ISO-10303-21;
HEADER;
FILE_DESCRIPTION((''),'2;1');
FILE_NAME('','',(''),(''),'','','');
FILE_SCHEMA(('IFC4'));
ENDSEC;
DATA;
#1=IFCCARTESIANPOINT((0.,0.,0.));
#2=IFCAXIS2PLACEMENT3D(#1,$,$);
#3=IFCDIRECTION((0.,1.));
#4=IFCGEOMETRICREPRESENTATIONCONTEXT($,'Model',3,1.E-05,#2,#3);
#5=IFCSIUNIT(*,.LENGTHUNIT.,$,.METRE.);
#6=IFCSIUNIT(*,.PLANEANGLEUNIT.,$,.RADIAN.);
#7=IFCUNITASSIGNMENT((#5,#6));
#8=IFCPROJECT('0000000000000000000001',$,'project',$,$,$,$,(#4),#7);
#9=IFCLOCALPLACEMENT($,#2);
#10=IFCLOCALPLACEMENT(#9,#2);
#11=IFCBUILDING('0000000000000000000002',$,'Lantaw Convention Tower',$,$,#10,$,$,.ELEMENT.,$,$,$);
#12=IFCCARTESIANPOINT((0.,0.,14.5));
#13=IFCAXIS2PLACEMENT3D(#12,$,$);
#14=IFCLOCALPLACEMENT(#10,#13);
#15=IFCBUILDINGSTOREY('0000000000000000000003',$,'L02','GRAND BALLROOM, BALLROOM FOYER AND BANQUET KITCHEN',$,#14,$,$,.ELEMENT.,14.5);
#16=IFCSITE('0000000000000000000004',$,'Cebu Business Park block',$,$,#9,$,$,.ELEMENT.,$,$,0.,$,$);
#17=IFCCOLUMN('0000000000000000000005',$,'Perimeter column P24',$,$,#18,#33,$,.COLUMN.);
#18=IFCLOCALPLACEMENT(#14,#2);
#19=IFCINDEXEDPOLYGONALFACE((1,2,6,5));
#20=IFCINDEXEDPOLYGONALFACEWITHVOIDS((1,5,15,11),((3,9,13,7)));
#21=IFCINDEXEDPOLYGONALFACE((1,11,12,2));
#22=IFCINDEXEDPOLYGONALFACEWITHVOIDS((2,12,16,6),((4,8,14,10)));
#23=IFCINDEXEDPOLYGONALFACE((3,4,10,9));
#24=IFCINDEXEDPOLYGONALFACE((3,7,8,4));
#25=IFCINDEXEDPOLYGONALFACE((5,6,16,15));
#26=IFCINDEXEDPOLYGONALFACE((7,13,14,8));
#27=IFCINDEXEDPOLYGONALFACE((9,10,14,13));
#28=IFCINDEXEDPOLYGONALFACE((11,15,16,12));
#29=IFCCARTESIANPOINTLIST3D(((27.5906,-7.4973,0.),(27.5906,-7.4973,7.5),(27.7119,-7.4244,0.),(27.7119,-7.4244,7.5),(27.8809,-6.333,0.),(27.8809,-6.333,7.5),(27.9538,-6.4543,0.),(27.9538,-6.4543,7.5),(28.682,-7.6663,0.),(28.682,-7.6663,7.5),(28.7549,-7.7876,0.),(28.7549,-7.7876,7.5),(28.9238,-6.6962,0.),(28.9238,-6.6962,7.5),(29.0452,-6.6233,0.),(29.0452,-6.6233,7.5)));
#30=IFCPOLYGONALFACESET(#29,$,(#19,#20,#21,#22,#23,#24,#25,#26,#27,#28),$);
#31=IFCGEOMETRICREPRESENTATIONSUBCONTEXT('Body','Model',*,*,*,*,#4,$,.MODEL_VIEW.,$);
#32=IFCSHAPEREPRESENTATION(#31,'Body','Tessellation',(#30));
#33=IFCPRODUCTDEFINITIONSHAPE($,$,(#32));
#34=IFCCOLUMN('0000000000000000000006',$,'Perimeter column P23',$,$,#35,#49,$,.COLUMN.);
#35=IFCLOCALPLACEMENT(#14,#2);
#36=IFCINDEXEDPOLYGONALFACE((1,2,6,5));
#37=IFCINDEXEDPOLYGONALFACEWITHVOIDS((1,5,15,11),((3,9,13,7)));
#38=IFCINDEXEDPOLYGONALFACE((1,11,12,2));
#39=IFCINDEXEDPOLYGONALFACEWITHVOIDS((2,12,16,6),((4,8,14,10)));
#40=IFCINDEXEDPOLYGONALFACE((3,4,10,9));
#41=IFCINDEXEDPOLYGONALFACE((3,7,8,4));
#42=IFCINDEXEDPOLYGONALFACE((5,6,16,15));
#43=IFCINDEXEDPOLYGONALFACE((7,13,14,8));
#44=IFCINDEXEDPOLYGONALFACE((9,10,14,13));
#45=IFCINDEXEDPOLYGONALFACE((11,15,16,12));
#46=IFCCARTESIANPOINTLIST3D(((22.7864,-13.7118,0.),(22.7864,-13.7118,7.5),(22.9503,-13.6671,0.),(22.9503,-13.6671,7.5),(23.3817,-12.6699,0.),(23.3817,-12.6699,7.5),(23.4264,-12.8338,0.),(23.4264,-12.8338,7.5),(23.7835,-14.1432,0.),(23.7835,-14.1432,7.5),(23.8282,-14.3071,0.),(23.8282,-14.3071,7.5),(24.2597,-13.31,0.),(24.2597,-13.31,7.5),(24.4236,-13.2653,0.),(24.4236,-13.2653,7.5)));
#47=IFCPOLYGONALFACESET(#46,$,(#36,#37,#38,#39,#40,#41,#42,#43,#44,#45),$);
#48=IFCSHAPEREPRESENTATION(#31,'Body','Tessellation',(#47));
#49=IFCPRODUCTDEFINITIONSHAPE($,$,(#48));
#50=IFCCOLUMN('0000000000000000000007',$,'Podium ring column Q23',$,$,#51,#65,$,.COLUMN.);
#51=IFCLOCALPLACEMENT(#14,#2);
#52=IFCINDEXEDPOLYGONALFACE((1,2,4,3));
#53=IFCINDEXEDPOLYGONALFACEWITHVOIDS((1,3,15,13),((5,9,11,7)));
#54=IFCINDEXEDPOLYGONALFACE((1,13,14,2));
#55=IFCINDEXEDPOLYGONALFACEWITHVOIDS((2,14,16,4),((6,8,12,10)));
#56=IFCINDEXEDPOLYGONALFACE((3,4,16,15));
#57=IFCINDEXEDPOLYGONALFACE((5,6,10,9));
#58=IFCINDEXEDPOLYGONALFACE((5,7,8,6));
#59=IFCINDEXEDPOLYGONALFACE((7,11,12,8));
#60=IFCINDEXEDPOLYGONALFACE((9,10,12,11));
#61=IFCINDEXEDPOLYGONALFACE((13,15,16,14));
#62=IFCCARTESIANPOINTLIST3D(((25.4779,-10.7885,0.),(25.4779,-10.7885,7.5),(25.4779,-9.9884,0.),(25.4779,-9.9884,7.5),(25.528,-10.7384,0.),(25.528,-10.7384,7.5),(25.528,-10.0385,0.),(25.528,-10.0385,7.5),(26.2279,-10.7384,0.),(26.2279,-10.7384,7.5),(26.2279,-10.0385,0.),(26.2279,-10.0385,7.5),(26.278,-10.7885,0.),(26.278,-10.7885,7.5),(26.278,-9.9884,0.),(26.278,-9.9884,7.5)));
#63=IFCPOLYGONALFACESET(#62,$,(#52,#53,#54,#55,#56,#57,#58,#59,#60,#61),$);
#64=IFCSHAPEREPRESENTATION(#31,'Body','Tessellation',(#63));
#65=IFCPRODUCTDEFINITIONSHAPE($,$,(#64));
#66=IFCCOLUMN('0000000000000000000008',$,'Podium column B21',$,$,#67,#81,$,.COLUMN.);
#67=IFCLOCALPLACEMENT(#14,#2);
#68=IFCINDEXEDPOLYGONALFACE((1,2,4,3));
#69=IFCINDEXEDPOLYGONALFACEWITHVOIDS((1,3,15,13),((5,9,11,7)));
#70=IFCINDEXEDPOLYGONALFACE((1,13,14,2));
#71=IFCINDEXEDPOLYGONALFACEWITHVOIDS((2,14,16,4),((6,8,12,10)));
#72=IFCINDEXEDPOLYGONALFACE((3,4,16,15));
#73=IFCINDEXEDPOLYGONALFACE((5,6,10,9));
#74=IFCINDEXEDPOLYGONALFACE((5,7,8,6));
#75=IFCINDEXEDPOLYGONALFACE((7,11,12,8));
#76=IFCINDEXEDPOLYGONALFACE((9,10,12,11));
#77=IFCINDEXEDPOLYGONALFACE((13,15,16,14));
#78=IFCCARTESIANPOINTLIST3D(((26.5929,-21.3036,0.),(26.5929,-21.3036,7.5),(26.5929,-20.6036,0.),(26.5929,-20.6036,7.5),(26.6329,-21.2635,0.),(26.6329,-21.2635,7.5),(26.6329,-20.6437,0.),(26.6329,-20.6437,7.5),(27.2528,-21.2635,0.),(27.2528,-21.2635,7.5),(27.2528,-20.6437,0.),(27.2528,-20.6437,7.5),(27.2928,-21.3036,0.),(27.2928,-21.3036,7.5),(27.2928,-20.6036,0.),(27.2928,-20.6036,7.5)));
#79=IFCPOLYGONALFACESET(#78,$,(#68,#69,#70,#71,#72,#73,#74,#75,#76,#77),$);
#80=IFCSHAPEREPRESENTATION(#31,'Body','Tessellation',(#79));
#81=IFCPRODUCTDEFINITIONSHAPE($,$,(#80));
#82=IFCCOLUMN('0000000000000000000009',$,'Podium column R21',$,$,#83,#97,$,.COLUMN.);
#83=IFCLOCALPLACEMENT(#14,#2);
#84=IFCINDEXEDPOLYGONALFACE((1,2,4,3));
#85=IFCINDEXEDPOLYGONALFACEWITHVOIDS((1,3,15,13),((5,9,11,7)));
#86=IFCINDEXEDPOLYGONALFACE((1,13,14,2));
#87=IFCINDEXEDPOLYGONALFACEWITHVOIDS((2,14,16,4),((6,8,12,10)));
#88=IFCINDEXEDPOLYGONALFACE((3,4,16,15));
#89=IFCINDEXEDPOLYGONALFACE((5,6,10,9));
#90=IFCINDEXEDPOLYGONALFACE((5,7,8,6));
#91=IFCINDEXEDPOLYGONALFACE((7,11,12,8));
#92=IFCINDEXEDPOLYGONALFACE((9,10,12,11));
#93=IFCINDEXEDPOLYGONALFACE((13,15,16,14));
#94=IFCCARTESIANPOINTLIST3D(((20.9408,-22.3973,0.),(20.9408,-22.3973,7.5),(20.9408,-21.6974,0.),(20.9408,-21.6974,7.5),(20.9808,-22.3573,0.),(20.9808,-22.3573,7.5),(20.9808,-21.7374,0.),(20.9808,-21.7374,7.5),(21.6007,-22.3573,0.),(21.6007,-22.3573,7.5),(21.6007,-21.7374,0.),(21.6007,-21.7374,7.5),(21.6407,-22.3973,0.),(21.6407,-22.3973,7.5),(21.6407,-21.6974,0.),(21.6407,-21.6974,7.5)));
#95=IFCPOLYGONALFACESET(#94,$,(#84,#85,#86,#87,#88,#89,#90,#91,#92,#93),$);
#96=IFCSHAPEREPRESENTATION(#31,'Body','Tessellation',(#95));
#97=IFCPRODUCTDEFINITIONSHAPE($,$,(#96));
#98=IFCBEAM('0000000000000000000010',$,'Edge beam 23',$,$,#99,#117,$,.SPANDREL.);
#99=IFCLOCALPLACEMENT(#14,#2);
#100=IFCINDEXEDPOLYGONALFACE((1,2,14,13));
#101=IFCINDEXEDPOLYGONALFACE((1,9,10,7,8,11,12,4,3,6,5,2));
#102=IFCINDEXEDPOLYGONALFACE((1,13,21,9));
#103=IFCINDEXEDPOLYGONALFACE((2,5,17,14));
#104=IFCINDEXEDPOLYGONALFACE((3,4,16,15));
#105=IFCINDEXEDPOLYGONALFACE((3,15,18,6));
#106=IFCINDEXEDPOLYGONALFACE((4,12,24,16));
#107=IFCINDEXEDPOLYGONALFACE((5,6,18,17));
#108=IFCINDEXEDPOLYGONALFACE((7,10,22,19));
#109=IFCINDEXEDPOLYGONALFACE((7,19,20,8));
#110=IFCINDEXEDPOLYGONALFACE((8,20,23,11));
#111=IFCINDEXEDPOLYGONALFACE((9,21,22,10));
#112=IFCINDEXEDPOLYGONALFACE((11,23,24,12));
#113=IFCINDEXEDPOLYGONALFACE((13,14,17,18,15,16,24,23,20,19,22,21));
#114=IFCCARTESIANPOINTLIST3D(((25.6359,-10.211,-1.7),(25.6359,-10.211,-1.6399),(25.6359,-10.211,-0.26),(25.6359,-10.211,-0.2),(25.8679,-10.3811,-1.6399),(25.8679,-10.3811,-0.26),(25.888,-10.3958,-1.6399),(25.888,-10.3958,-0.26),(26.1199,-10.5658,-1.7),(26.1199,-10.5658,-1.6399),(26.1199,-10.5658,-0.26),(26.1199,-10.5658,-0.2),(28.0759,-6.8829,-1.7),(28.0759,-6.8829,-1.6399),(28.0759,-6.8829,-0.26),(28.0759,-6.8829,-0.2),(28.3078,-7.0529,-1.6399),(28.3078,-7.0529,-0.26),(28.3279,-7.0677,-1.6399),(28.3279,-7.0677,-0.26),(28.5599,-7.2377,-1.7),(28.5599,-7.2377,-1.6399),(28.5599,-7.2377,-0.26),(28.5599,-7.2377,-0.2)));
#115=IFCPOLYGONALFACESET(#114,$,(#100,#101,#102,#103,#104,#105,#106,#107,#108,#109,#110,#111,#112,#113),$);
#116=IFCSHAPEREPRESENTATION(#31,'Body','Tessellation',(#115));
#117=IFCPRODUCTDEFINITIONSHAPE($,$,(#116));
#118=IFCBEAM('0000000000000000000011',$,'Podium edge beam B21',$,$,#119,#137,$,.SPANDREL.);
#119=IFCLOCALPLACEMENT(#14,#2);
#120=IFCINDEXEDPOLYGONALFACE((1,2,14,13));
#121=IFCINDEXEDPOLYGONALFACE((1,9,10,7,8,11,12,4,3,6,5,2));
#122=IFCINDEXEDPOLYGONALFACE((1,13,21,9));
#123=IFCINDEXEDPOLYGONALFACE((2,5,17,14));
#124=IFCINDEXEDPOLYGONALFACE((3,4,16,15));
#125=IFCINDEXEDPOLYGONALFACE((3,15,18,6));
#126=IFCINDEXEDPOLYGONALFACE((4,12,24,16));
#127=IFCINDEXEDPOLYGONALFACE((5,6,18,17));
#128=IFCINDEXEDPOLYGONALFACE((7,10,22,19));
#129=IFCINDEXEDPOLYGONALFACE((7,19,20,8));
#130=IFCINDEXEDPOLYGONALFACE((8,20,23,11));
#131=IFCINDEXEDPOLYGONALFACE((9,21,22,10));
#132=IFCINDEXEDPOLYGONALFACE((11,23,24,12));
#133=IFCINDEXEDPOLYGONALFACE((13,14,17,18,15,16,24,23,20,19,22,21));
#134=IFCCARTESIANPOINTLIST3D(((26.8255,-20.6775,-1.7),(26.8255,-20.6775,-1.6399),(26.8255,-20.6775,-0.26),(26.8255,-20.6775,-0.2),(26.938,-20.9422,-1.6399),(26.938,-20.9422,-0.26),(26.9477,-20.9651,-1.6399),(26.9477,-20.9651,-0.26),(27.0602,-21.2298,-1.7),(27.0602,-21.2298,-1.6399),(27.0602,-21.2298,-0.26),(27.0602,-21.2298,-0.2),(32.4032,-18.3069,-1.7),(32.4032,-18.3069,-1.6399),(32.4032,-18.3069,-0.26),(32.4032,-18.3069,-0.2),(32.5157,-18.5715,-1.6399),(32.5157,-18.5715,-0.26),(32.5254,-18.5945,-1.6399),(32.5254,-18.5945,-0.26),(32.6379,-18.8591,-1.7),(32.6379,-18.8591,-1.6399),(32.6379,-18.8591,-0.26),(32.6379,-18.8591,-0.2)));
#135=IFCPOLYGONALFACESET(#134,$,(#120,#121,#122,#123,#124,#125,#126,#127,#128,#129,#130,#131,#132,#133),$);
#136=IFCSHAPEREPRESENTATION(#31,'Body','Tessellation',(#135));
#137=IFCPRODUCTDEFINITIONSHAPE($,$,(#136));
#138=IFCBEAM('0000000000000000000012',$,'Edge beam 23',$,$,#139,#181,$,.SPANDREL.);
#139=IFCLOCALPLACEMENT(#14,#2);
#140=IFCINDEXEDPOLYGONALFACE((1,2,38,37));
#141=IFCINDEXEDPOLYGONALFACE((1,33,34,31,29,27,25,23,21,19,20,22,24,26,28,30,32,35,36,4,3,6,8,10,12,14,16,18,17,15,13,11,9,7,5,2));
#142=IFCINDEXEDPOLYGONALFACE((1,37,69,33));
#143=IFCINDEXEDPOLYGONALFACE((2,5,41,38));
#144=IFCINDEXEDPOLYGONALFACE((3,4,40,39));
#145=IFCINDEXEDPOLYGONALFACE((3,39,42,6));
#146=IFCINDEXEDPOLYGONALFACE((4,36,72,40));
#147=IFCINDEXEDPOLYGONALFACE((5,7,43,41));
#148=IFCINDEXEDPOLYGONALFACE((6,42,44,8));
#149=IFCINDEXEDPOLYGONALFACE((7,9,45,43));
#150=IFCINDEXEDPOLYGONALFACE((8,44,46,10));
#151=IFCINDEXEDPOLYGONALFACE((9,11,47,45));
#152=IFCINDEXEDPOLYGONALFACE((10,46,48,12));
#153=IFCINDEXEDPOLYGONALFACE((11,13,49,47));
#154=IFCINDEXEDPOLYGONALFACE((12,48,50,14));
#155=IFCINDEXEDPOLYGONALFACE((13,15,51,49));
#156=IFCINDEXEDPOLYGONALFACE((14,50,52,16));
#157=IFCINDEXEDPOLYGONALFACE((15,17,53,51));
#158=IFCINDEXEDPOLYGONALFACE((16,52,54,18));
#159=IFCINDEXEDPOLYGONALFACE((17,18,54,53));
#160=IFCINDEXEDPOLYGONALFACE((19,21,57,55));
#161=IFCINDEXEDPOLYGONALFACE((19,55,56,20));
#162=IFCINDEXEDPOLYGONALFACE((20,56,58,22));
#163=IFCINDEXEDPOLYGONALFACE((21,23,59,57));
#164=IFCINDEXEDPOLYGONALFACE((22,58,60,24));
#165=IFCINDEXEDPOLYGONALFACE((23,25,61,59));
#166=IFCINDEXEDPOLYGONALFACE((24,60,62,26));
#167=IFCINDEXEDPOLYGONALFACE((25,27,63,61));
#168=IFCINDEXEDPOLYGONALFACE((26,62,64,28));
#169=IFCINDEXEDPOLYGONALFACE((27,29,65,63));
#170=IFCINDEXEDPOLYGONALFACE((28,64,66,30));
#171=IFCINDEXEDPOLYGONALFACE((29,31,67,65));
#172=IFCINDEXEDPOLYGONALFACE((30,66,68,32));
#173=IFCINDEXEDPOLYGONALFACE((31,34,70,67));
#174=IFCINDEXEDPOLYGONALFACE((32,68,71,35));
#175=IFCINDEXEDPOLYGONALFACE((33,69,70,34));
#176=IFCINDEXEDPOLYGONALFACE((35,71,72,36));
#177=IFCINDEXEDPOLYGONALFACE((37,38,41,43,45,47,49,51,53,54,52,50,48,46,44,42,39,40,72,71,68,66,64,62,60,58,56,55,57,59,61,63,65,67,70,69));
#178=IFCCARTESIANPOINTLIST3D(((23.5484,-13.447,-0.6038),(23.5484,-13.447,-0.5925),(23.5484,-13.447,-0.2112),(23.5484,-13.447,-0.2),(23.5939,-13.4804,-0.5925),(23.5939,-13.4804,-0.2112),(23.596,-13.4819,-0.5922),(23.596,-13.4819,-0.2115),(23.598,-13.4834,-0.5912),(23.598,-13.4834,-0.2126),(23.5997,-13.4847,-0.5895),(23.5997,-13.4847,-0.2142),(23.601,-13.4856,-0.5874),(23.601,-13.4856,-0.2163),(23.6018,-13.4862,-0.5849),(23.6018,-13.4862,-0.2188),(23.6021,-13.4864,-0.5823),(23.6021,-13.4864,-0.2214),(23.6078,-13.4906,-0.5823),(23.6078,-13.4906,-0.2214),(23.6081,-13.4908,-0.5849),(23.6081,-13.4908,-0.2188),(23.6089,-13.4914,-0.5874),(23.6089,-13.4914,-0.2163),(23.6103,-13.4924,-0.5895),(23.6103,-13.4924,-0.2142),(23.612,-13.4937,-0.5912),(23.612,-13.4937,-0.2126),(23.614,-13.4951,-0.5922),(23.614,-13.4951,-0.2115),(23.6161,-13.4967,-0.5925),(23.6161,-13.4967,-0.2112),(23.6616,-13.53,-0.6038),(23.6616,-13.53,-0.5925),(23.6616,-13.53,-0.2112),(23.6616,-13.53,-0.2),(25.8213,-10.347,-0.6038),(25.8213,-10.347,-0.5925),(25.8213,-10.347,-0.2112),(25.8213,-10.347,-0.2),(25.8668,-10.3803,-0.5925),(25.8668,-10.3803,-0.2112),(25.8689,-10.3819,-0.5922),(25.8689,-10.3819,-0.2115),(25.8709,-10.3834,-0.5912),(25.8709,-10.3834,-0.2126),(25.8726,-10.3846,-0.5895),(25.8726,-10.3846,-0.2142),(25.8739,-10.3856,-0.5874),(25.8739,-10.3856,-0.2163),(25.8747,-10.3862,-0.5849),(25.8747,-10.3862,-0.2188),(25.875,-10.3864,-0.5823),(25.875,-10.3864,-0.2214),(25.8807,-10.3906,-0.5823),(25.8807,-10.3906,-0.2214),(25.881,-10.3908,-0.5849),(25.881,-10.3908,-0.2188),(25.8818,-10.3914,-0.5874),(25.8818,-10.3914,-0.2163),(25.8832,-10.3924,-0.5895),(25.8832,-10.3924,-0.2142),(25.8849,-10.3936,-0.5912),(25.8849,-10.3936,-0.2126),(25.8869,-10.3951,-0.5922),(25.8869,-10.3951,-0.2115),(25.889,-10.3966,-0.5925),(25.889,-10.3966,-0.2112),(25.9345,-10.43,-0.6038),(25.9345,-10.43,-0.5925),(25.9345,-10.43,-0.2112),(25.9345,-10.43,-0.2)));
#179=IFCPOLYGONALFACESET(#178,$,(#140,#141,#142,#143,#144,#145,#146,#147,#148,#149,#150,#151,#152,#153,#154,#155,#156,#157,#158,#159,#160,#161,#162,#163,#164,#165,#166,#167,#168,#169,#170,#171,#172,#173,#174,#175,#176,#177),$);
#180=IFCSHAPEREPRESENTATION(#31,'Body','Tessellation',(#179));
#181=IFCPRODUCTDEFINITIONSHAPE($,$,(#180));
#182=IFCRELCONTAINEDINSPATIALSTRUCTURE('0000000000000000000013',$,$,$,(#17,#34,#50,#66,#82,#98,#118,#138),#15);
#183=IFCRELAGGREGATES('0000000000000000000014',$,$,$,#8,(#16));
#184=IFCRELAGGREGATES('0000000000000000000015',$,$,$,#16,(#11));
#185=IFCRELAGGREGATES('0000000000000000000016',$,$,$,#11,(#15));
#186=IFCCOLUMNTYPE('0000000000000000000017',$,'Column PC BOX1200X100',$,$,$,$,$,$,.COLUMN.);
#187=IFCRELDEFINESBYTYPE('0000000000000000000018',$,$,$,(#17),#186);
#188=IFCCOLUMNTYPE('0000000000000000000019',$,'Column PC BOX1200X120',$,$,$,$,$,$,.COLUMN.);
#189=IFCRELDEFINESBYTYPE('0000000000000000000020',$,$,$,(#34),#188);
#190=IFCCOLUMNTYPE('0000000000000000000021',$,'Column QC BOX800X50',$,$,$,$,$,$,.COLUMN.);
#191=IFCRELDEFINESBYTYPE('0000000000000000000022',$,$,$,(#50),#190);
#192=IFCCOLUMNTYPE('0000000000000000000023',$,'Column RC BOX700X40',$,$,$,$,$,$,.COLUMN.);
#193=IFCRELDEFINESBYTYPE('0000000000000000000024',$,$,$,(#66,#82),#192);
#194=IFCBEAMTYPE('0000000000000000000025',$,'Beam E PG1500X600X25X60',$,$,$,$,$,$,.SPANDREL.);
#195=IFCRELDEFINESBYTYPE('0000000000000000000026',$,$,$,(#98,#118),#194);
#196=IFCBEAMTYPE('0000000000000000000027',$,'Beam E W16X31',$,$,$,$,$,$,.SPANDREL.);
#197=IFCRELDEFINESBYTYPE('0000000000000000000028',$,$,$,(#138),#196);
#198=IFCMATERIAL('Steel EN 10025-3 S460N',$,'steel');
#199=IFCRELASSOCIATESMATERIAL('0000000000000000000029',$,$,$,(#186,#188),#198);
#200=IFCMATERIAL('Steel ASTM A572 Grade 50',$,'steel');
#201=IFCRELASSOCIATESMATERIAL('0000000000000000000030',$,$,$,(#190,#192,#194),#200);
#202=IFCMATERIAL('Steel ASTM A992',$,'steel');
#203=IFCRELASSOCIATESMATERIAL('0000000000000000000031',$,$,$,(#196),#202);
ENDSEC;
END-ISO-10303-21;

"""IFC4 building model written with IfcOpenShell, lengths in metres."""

from ifc_helpers import new_model, si_unit, direction, frame, origin, origin_2d, place, context, subcontext, project, spatial, rectangle, hollow_rectangle, i_section, extrude, material, material_profile, profile_set, type_object, element, save


model = new_model("IFC4")

# Units and contexts
model_context = context("Model", 3, precision=1e-05, world=origin(), true_north=direction((0.0, 1.0)))
body_context = subcontext(model_context, "Body", "Model", "MODEL_VIEW")
ifc_project = project(units=[si_unit("LENGTHUNIT", "METRE"), si_unit("PLANEANGLEUNIT", "RADIAN")], contexts=[model_context])

# Site, building, storey
site_placement = place(None, origin())
site = spatial("IfcSite", under=ifc_project, at=site_placement, Name="Cebu Business Park block", CompositionType="ELEMENT", RefElevation=0.0)
building_placement = place(site_placement, origin())
building = spatial("IfcBuilding", under=site, at=building_placement, Name="Lantaw Convention Tower", CompositionType="ELEMENT")
storey_placement = place(building_placement, frame((0.0, 0.0, 14.5)))
storey = spatial("IfcBuildingStorey", under=building, at=storey_placement, Name="L02", Description="GRAND BALLROOM, BALLROOM FOYER AND BANQUET KITCHEN", CompositionType="ELEMENT", Elevation=14.5)

# Columns
ifc_material_1 = material(Name="Steel EN 10025-3 S460N", Category="steel")
ifc_material_profile_1 = material_profile(ifc_material_1, hollow_rectangle(XDim=1.2, YDim=1.2, WallThickness=0.1001, at=origin_2d()), Name="BOX1200X100")
ifc_material_2 = material(Name="Concrete C60/75", Category="concrete")
ifc_material_profile_2 = material_profile(ifc_material_2, rectangle(XDim=1.0, YDim=1.0, at=origin_2d()), Name="Concrete fill of BOX1200X100")
ifc_profile_set_1 = profile_set([ifc_material_profile_1, ifc_material_profile_2], Name="Steel EN 10025-3 S460N")
column_type_1 = type_object("IfcColumnType", Name="Column PC BOX1200X100", PredefinedType="COLUMN", material=ifc_profile_set_1)
column_1_placement = place(storey_placement, frame((28.3179, -7.0603, 0.0), z_axis=(0.0, 0.0, 1.0), x_axis=(0.241922, 0.970296, 0.0)))
element("IfcColumn", 1, at=column_1_placement, inside=storey, type_object=column_type_1, Name="Perimeter column P24", PredefinedType="COLUMN", context=body_context, shape_type="SweptSolid", body=[
    extrude(hollow_rectangle(XDim=1.2, YDim=1.2, WallThickness=0.1001, at=origin_2d()), origin(), (0.0, 0.0, 1.0), 7.5),
])
ifc_material_profile_3 = material_profile(ifc_material_1, hollow_rectangle(XDim=1.2, YDim=1.2, WallThickness=0.1201, at=origin_2d()), Name="BOX1200X120")
ifc_material_profile_4 = material_profile(ifc_material_2, rectangle(XDim=0.96, YDim=0.96, at=origin_2d()), Name="Concrete fill of BOX1200X120")
ifc_profile_set_2 = profile_set([ifc_material_profile_3, ifc_material_profile_4], Name="Steel EN 10025-3 S460N")
column_type_2 = type_object("IfcColumnType", Name="Column PC BOX1200X120", PredefinedType="COLUMN", material=ifc_profile_set_2)
column_2_placement = place(storey_placement, frame((23.605, -13.4885, 0.0), z_axis=(0.0, 0.0, 1.0), x_axis=(0.496139, 0.868243, 0.0)))
element("IfcColumn", 2, at=column_2_placement, inside=storey, type_object=column_type_2, Name="Perimeter column P23", PredefinedType="COLUMN", context=body_context, shape_type="SweptSolid", body=[
    extrude(hollow_rectangle(XDim=1.2, YDim=1.2, WallThickness=0.1201, at=origin_2d()), origin(), (0.0, 0.0, 1.0), 7.5),
])
ifc_material_3 = material(Name="Steel ASTM A572 Grade 50", Category="steel")
ifc_material_profile_5 = material_profile(ifc_material_3, hollow_rectangle(XDim=0.8, YDim=0.8, WallThickness=0.05, at=origin_2d()), Name="BOX800X50")
ifc_profile_set_3 = profile_set([ifc_material_profile_5], Name="Steel ASTM A572 Grade 50")
column_type_3 = type_object("IfcColumnType", Name="Column QC BOX800X50", PredefinedType="COLUMN", material=ifc_profile_set_3)
column_3_placement = place(storey_placement, frame((25.8779, -10.3884, 0.0), z_axis=(0.0, 0.0, 1.0), x_axis=(1.0, 0.0, 0.0)))
element("IfcColumn", 3, at=column_3_placement, inside=storey, type_object=column_type_3, Name="Podium ring column Q23", PredefinedType="COLUMN", context=body_context, shape_type="SweptSolid", body=[
    extrude(hollow_rectangle(XDim=0.8, YDim=0.8, WallThickness=0.05, at=origin_2d()), origin(), (0.0, 0.0, 1.0), 7.5),
])
ifc_material_profile_6 = material_profile(ifc_material_3, hollow_rectangle(XDim=0.7, YDim=0.7, WallThickness=0.04, at=origin_2d()), Name="BOX700X40")
ifc_profile_set_4 = profile_set([ifc_material_profile_6], Name="Steel ASTM A572 Grade 50")
column_type_4 = type_object("IfcColumnType", Name="Column RC BOX700X40", PredefinedType="COLUMN", material=ifc_profile_set_4)
for number, where, z_axis, x_axis, name in (
    (4, (26.9429, -20.9536, 0.0), (0.0, 0.0, 1.0), (1.0, 0.0, 0.0), "Podium column B21"),
    (5, (21.2908, -22.0474, 0.0), (0.0, 0.0, 1.0), (1.0, 0.0, 0.0), "Podium column R21"),
):
    element("IfcColumn", number, at=place(storey_placement, frame(where, z_axis=z_axis, x_axis=x_axis)), inside=storey, type_object=column_type_4, Name=name, PredefinedType="COLUMN", context=body_context, shape_type="SweptSolid", body=[
        extrude(hollow_rectangle(XDim=0.7, YDim=0.7, WallThickness=0.04, at=origin_2d()), origin(), (0.0, 0.0, 1.0), 7.5),
    ])

# Beams
ifc_material_profile_7 = material_profile(ifc_material_3, i_section(OverallWidth=0.6001, OverallDepth=1.5, WebThickness=0.0249, FlangeThickness=0.0601, at=origin_2d()), Name="PG1500X600X25X60")
ifc_profile_set_5 = profile_set([ifc_material_profile_7], Name="Steel ASTM A572 Grade 50")
beam_type_1 = type_object("IfcBeamType", Name="Beam E PG1500X600X25X60", PredefinedType="SPANDREL", material=ifc_profile_set_5)
beam_1_placement = place(storey_placement, frame((25.8779, -10.3884, -0.95), z_axis=(0.591256, 0.806484, 0.0), x_axis=(-0.806484, 0.591256, 0.0)))
element("IfcBeam", 6, at=beam_1_placement, inside=storey, type_object=beam_type_1, Name="Edge beam 23", PredefinedType="SPANDREL", context=body_context, shape_type="SweptSolid", body=[
    extrude(i_section(OverallWidth=0.6001, OverallDepth=1.5, WebThickness=0.0249, FlangeThickness=0.0601, at=origin_2d()), origin(), (0.0, 0.0, 1.0), 4.1267),
])
beam_2_placement = place(storey_placement, frame((26.9429, -20.9536, -0.95), z_axis=(0.920324, 0.391156, 0.0), x_axis=(-0.391156, 0.920324, 0.0)))
element("IfcBeam", 7, at=beam_2_placement, inside=storey, type_object=beam_type_1, Name="Podium edge beam B21", PredefinedType="SPANDREL", context=body_context, shape_type="SweptSolid", body=[
    extrude(i_section(OverallWidth=0.6001, OverallDepth=1.5, WebThickness=0.0249, FlangeThickness=0.0601, at=origin_2d()), origin(), (0.0, 0.0, 1.0), 6.0605),
])
ifc_material_4 = material(Name="Steel ASTM A992", Category="steel")
ifc_material_profile_8 = material_profile(ifc_material_4, i_section(OverallWidth=0.1404, OverallDepth=0.4038, WebThickness=0.0071, FlangeThickness=0.0112, FilletRadius=0.0103, at=origin_2d()), Name="W16X31")
ifc_profile_set_6 = profile_set([ifc_material_profile_8], Name="Steel ASTM A992")
beam_type_2 = type_object("IfcBeamType", Name="Beam E W16X31", PredefinedType="SPANDREL", material=ifc_profile_set_6)
beam_3_placement = place(storey_placement, frame((23.605, -13.4885, -0.4019), z_axis=(0.591287, 0.806462, 0.0), x_axis=(-0.806462, 0.591287, 0.0)))
element("IfcBeam", 8, at=beam_3_placement, inside=storey, type_object=beam_type_2, Name="Edge beam 23", PredefinedType="SPANDREL", context=body_context, shape_type="SweptSolid", body=[
    extrude(i_section(OverallWidth=0.1404, OverallDepth=0.4038, WebThickness=0.0071, FlangeThickness=0.0112, FilletRadius=0.0103, at=origin_2d()), origin(), (0.0, 0.0, 1.0), 3.844),
])

save(model, "model.ifc")
